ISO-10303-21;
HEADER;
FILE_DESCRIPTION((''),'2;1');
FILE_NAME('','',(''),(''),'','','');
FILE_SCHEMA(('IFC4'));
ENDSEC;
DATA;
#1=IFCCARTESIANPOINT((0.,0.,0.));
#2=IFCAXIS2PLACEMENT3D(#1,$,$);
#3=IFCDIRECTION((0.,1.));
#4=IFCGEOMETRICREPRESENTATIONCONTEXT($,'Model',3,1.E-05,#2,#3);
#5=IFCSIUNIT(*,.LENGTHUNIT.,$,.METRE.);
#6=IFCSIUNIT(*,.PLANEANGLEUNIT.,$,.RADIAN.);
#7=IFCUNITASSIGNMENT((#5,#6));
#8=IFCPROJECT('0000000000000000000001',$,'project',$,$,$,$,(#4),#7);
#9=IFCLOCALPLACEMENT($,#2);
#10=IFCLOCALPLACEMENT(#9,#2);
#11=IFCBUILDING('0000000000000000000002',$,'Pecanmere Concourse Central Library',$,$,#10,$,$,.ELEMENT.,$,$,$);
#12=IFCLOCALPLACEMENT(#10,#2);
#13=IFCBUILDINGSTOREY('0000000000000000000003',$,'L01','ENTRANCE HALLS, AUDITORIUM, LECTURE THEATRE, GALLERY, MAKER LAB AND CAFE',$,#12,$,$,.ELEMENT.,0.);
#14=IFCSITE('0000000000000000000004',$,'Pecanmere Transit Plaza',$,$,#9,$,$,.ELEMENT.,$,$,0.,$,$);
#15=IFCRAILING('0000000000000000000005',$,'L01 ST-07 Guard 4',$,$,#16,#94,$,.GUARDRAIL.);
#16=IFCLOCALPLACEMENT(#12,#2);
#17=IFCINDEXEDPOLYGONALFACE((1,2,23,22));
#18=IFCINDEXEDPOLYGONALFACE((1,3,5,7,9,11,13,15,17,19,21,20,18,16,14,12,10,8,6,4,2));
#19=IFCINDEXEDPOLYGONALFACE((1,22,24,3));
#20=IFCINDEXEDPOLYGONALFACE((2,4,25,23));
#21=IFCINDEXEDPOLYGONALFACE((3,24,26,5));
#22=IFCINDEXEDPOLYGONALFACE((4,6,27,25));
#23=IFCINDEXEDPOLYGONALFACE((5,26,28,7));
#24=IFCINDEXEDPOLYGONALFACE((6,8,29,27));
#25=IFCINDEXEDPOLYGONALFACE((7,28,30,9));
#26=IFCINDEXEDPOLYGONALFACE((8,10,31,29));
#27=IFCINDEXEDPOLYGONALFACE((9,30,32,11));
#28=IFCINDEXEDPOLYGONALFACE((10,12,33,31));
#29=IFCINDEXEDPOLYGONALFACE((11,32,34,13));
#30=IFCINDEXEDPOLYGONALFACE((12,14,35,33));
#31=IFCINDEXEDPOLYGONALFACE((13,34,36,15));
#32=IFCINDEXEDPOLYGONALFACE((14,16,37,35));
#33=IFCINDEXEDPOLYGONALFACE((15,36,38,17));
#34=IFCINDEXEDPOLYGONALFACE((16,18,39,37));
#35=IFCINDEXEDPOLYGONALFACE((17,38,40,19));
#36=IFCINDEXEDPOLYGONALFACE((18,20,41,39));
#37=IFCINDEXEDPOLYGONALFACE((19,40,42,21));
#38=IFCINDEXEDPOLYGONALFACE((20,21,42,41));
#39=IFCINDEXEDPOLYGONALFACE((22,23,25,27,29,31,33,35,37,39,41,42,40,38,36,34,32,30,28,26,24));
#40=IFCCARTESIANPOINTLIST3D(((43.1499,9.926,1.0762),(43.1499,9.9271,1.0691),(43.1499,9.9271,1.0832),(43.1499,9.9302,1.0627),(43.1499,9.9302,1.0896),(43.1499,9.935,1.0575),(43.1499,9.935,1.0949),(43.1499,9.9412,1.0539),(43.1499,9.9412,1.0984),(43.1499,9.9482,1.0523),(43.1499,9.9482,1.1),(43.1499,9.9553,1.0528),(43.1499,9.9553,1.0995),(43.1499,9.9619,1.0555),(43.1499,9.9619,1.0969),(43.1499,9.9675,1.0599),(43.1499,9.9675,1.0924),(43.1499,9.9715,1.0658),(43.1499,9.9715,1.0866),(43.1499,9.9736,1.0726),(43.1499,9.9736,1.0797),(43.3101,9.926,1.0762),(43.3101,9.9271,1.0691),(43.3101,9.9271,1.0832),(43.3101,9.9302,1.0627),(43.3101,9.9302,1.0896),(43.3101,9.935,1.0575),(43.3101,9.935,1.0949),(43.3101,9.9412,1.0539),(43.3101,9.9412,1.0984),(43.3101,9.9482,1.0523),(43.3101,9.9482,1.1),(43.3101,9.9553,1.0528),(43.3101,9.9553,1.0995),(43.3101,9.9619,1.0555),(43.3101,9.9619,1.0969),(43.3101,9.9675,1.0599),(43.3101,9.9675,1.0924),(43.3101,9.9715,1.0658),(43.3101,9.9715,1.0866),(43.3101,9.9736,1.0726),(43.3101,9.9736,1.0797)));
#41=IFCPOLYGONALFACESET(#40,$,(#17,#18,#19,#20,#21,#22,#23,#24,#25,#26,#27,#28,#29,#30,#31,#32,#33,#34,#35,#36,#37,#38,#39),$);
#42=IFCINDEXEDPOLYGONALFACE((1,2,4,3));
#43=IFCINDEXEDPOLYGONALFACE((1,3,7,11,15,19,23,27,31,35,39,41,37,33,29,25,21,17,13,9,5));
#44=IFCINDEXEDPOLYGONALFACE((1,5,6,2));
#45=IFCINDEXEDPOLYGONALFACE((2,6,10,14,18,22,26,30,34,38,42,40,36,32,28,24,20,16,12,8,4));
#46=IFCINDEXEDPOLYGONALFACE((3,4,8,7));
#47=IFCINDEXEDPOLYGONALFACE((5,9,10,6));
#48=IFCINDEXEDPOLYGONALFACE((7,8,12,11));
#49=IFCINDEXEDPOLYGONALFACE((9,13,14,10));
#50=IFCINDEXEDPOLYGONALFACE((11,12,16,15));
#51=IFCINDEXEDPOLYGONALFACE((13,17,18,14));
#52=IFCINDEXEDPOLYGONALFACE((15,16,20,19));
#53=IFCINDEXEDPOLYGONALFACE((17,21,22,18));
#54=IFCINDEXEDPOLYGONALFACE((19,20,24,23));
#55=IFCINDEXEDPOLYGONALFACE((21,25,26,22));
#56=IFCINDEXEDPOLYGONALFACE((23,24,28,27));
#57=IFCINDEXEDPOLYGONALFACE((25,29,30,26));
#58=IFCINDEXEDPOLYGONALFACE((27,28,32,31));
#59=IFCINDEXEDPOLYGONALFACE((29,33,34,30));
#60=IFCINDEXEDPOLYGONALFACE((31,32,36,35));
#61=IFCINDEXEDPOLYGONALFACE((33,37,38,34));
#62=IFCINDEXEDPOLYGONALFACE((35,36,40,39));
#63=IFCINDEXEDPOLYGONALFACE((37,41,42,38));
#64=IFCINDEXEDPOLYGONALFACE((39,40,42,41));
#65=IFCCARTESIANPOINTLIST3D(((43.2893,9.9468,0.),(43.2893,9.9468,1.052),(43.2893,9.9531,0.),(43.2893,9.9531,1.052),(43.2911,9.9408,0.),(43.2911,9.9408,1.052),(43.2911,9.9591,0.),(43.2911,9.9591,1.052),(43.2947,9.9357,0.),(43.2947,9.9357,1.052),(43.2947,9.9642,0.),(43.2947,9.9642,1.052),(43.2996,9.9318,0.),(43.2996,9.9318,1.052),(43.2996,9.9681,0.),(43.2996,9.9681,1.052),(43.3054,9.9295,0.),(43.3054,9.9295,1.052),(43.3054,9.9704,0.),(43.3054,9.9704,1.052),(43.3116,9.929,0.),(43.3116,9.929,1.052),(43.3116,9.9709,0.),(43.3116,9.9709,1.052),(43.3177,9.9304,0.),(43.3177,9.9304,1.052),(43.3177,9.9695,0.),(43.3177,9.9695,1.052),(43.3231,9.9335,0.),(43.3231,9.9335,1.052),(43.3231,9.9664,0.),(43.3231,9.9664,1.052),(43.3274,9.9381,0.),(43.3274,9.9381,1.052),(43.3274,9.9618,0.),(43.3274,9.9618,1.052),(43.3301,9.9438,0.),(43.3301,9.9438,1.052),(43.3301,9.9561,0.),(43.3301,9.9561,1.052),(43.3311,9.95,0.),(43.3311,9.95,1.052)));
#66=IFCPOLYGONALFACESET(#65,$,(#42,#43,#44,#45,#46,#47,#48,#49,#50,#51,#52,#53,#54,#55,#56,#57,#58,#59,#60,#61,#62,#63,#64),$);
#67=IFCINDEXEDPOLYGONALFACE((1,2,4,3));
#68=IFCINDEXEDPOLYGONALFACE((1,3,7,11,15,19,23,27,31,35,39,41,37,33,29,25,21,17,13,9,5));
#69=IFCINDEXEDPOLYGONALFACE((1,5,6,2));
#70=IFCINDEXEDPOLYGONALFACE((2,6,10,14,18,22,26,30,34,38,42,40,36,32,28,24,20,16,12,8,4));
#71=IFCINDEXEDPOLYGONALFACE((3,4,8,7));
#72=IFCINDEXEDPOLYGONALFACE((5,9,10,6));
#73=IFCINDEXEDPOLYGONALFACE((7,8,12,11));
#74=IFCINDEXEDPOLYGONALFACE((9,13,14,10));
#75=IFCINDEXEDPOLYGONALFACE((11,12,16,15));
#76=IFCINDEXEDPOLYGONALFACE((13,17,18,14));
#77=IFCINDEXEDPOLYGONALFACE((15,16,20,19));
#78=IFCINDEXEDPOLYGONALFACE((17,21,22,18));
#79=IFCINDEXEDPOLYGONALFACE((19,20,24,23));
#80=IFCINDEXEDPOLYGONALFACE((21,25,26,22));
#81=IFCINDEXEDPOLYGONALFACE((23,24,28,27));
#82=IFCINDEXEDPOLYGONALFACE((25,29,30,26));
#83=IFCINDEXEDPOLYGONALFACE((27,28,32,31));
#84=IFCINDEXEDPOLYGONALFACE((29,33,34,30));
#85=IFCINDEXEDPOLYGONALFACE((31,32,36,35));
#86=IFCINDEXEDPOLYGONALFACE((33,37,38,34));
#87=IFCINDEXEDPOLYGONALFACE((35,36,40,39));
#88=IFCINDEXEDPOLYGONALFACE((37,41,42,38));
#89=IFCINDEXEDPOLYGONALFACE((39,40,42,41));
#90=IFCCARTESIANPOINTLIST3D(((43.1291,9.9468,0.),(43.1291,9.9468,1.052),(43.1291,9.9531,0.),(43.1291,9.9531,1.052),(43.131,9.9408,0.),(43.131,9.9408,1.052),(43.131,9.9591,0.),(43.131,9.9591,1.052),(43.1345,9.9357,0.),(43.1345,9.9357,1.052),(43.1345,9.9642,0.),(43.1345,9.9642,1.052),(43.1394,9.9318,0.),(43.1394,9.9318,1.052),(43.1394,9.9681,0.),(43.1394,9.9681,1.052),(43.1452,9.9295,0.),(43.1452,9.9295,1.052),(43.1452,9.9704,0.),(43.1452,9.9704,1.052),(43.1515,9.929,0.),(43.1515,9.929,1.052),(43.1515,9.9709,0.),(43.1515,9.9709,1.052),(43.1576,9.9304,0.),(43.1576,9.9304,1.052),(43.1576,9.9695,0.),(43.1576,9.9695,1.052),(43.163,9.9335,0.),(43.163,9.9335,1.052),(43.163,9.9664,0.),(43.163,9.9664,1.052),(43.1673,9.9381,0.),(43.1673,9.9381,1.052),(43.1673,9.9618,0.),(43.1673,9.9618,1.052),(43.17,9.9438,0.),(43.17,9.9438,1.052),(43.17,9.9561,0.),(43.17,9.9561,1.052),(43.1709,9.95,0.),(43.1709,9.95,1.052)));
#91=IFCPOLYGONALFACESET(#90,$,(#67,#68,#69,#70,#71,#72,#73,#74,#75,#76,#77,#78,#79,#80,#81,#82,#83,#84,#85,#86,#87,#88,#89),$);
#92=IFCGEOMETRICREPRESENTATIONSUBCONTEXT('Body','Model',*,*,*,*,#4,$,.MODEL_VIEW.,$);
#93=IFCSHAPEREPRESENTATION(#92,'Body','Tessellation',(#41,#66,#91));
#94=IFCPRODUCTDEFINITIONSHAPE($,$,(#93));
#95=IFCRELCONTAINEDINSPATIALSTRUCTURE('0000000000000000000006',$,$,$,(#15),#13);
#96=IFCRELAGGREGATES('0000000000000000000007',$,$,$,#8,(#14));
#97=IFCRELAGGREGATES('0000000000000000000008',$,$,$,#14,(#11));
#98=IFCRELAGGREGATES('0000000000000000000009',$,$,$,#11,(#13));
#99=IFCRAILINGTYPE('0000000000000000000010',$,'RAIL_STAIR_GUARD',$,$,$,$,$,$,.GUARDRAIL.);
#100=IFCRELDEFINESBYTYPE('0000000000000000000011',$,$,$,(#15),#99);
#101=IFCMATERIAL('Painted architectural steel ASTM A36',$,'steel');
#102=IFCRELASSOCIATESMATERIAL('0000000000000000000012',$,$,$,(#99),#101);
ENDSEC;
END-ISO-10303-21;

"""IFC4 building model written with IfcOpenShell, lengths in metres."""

from ifc_helpers import new_model, si_unit, direction, frame, origin, origin_2d, place, context, subcontext, project, spatial, circle, extrude, material, type_object, element, save


model = new_model("IFC4")

# Units and contexts
model_context = context("Model", 3, precision=1e-05, world=origin(), true_north=direction((0.0, 1.0)))
body_context = subcontext(model_context, "Body", "Model", "MODEL_VIEW")
ifc_project = project(units=[si_unit("LENGTHUNIT", "METRE"), si_unit("PLANEANGLEUNIT", "RADIAN")], contexts=[model_context])

# Site, building, storey
site_placement = place(None, origin())
site = spatial("IfcSite", under=ifc_project, at=site_placement, Name="Pecanmere Transit Plaza", CompositionType="ELEMENT", RefElevation=0.0)
building_placement = place(site_placement, origin())
building = spatial("IfcBuilding", under=site, at=building_placement, Name="Pecanmere Concourse Central Library", CompositionType="ELEMENT")
storey_placement = place(building_placement, origin())
storey = spatial("IfcBuildingStorey", under=building, at=storey_placement, Name="L01", Description="ENTRANCE HALLS, AUDITORIUM, LECTURE THEATRE, GALLERY, MAKER LAB AND CAFE", CompositionType="ELEMENT", Elevation=0.0)

# Railing
ifc_material_1 = material(Name="Painted architectural steel ASTM A36", Category="steel")
railing_type_1 = type_object("IfcRailingType", Name="RAIL_STAIR_GUARD", PredefinedType="GUARDRAIL", material=ifc_material_1)
railing_1_placement = place(storey_placement, frame((43.3101, 9.95, 0.0)))
element("IfcRailing", 1, at=railing_1_placement, inside=storey, type_object=railing_type_1, Name="L01 ST-07 Guard 4", PredefinedType="GUARDRAIL", context=body_context, shape_type="SweptSolid", body=[
    extrude(circle(Radius=0.0239, at=origin_2d()), frame((0.0, 0.0, 1.0762), z_axis=(-1.0, 0.0, 0.0), x_axis=(0.0, -1.0, 0.0)), (0.0, 0.0, 1.0), 0.1602),
    extrude(circle(Radius=0.021, at=origin_2d()), origin(), (0.0, 0.0, 1.0), 1.052),
    extrude(circle(Radius=0.021, at=origin_2d()), frame((-0.1602, 0.0, 0.0)), (0.0, 0.0, 1.0), 1.052),
])

save(model, "model.ifc")
